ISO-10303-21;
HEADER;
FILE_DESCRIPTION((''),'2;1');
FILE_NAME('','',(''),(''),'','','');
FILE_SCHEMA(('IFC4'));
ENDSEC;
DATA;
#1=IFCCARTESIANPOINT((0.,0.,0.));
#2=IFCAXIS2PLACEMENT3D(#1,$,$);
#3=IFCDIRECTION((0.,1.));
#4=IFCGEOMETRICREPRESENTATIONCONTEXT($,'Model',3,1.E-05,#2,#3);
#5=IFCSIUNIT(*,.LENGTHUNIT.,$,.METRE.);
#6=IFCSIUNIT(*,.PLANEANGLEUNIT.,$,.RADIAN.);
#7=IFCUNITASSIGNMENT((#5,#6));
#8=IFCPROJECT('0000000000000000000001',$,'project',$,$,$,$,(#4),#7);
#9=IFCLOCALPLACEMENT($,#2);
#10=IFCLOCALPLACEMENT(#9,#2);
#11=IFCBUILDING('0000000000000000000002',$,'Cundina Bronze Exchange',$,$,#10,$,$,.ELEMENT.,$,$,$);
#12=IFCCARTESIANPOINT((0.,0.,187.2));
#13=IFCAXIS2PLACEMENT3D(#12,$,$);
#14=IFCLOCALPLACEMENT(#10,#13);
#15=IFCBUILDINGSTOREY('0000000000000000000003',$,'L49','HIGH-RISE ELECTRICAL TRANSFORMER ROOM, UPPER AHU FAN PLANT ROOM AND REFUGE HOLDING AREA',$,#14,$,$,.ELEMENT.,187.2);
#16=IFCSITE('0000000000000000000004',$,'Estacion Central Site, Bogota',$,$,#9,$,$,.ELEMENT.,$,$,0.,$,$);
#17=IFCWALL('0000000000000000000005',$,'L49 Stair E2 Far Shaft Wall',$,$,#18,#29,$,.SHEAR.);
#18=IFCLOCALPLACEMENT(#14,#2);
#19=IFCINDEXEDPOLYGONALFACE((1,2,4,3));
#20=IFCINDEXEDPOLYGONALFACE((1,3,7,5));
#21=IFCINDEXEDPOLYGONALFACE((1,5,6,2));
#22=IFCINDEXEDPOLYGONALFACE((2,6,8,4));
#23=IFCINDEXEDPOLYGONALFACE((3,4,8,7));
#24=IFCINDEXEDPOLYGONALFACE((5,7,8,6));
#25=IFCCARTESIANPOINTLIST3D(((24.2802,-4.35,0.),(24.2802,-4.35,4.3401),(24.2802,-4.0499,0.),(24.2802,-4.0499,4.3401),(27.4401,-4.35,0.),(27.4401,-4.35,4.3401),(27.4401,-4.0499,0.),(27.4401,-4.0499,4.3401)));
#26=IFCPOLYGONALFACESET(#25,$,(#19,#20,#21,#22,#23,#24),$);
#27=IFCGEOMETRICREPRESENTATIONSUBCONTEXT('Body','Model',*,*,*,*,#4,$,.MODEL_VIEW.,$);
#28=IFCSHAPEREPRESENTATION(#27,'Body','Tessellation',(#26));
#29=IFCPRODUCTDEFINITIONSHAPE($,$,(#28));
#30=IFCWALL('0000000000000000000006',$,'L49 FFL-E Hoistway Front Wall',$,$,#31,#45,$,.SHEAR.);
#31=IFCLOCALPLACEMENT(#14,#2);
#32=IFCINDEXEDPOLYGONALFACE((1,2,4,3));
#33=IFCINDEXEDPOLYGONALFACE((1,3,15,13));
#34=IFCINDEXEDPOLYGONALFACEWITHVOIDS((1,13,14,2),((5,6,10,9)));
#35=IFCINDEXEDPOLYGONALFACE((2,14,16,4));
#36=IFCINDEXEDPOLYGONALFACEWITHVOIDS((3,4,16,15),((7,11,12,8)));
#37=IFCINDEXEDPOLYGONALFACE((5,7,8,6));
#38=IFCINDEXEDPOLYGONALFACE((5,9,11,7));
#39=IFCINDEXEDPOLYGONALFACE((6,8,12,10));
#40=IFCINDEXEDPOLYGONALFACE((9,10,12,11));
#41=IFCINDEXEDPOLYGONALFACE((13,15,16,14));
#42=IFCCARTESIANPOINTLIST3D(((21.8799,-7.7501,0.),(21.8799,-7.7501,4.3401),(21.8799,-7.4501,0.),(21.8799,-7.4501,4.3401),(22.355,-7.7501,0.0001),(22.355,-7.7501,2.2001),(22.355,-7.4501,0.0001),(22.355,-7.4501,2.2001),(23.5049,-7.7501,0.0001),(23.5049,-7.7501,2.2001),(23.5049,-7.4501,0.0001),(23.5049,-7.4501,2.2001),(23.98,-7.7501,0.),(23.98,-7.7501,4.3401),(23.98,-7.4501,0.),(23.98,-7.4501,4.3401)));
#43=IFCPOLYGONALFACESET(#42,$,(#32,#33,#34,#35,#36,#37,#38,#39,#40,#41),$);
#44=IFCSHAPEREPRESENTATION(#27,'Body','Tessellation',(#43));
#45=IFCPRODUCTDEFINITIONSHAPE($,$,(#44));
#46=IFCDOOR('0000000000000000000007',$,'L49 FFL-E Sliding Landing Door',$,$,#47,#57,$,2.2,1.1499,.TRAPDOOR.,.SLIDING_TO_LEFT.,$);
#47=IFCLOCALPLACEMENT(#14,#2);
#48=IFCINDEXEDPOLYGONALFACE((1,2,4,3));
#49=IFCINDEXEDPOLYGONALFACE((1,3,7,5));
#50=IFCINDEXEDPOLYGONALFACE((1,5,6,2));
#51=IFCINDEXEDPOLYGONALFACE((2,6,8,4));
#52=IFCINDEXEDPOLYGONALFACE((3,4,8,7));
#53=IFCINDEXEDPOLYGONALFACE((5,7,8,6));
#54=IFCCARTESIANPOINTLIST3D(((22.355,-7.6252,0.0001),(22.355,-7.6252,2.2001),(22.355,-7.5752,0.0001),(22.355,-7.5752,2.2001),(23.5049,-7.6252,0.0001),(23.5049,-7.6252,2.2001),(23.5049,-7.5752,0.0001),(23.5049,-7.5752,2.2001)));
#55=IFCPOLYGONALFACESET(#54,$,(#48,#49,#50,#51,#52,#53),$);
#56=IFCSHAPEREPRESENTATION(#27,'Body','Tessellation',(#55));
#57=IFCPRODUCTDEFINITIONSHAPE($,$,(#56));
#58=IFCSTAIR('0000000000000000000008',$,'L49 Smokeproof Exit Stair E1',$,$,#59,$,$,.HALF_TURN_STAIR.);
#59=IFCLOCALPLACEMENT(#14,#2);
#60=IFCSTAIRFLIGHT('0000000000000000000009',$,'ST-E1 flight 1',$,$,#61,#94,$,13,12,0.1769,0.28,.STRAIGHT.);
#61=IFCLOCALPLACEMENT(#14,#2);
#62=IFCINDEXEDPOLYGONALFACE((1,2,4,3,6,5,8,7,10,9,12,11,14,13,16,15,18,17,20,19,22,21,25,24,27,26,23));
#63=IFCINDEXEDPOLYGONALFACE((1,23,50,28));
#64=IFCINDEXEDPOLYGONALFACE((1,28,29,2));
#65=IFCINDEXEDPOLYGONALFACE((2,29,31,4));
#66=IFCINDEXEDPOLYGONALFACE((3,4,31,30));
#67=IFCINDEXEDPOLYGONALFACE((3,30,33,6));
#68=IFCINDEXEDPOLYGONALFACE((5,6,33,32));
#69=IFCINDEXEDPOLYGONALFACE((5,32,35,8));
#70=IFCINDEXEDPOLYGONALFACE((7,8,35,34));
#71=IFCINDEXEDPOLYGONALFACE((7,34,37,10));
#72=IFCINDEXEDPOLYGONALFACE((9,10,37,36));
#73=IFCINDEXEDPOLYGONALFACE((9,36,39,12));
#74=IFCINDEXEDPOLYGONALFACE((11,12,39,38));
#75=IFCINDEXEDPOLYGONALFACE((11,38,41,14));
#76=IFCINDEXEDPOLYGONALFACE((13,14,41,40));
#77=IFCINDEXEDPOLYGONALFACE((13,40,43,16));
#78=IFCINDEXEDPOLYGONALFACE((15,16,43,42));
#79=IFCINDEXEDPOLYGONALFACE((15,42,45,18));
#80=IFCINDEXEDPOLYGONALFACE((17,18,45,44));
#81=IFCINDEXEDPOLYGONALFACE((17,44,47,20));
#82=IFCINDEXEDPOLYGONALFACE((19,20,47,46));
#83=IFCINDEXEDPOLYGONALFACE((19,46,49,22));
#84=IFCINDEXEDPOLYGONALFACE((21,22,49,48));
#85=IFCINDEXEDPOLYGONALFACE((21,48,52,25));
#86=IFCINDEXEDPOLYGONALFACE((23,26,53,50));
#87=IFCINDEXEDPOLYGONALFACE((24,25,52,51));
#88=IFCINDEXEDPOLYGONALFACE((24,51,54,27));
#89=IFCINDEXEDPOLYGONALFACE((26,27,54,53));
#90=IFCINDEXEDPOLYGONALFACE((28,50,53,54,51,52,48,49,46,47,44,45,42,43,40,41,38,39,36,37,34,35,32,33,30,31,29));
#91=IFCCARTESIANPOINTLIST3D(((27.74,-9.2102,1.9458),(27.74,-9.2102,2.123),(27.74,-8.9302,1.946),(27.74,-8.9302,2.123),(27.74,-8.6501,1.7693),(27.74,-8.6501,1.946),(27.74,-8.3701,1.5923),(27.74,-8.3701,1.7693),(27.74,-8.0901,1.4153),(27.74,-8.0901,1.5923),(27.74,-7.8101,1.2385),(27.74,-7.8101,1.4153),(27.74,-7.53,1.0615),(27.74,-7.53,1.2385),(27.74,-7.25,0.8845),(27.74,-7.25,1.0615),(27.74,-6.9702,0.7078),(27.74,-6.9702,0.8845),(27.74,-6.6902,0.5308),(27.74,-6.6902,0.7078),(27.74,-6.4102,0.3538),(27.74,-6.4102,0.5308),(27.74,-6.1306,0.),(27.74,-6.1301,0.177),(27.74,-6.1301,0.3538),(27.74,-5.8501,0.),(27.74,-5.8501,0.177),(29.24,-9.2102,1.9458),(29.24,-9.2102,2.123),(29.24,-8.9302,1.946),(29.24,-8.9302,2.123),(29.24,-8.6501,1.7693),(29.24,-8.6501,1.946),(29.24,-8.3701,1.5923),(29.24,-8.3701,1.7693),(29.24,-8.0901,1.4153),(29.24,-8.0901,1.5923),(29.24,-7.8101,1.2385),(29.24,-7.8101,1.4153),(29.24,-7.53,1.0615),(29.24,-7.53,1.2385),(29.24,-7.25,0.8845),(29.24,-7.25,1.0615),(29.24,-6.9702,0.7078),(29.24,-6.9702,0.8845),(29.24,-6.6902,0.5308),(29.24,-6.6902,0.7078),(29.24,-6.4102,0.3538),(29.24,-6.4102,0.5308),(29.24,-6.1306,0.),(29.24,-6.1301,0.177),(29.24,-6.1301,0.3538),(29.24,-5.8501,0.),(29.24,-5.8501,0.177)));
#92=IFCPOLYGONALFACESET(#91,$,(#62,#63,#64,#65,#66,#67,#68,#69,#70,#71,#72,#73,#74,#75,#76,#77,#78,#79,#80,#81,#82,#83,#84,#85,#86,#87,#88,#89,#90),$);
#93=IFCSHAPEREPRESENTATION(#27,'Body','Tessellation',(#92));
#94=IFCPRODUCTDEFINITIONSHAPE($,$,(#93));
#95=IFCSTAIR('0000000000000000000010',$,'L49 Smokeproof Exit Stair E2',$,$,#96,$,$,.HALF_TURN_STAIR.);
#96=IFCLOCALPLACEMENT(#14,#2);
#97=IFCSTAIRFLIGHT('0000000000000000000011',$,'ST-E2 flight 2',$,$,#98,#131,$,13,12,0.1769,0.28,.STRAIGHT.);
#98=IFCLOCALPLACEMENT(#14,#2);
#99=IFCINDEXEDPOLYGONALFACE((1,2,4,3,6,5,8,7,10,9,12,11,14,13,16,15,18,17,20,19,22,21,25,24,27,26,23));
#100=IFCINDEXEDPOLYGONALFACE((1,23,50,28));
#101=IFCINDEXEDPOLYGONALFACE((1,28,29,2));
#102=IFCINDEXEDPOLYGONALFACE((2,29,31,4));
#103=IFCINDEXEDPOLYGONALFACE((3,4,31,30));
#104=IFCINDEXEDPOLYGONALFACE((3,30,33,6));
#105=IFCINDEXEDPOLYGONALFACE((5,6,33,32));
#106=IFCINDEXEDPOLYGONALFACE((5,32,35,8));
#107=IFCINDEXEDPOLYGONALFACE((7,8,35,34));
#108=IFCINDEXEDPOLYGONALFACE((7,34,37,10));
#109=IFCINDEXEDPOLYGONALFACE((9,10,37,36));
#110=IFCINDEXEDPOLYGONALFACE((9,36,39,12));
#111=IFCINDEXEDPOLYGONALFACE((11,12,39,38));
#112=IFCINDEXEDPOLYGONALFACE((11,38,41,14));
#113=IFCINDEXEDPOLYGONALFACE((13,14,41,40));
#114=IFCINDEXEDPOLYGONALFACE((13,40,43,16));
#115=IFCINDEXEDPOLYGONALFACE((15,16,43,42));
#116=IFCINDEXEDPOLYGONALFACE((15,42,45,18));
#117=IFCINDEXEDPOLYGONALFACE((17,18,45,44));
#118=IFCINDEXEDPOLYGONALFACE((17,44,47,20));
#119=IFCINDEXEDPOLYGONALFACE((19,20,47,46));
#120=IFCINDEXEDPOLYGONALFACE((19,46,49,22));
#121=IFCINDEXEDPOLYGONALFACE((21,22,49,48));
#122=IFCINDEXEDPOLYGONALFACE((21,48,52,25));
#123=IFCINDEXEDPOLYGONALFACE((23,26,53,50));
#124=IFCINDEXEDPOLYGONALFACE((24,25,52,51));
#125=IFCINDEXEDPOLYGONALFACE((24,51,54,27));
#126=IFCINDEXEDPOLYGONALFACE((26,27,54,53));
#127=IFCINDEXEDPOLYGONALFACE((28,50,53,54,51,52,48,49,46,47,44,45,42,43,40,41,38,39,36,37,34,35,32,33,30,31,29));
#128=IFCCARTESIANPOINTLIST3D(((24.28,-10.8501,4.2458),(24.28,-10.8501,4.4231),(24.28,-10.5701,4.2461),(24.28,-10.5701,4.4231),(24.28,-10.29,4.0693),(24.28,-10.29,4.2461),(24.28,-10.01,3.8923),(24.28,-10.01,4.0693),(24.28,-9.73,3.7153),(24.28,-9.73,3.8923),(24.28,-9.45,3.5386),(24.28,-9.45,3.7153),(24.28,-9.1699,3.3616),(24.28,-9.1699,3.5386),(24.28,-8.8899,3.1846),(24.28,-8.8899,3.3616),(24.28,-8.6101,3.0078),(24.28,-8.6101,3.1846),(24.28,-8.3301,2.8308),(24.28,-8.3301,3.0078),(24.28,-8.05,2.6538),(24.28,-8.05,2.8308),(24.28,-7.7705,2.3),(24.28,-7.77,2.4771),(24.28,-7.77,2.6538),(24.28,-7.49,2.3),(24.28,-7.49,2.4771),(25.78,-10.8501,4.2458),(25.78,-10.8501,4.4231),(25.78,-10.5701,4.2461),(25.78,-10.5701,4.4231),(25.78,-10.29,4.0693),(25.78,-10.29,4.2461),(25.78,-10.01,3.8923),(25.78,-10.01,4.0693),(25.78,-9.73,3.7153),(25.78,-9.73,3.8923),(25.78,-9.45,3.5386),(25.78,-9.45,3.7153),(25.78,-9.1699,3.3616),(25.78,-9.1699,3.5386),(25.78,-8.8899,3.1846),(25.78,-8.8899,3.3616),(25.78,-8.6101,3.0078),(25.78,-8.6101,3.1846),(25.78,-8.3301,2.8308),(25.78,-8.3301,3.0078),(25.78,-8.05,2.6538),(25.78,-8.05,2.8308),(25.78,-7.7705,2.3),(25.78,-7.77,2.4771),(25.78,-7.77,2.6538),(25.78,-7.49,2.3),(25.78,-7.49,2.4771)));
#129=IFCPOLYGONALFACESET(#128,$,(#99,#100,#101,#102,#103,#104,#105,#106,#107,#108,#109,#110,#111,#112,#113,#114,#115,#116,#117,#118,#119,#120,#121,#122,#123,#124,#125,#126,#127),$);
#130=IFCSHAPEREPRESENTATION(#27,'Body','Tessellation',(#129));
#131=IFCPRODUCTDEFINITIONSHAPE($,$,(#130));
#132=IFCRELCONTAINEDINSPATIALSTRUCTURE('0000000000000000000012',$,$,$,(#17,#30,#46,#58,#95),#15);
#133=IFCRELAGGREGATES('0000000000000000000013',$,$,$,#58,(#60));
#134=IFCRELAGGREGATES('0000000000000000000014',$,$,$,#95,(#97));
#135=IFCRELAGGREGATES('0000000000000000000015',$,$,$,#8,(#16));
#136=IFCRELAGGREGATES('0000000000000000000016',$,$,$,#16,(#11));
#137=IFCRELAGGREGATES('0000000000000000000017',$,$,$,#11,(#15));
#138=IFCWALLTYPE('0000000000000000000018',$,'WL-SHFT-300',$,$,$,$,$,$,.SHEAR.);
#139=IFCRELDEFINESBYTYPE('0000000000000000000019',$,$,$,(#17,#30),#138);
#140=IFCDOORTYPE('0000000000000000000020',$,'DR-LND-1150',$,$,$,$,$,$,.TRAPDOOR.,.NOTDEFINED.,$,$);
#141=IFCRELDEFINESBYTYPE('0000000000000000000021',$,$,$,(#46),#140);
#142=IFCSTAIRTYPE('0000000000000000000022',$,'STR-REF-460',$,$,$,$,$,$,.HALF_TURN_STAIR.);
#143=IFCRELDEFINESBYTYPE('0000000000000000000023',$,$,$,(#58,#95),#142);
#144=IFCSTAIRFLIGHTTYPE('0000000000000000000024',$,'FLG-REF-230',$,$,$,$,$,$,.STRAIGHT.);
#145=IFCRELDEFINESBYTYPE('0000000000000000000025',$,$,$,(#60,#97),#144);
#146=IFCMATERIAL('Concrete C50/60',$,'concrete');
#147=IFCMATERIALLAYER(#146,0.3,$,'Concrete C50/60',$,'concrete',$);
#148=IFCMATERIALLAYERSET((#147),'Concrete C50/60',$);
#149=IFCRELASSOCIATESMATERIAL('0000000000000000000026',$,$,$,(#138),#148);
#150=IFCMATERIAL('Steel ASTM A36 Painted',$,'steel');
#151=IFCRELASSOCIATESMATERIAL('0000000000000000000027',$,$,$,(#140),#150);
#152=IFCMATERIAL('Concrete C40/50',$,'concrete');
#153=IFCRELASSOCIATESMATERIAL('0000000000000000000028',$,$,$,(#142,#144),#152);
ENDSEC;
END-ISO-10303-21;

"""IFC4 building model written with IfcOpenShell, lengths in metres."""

from ifc_helpers import new_model, si_unit, direction, frame, frame_2d, origin, place, context, subcontext, project, spatial, polyline, rectangle, outline, extrude, material, layer, layer_set, type_object, element, fill, aggregate, save


model = new_model("IFC4")

# Units and contexts
model_context = context("Model", 3, precision=1e-05, world=origin(), true_north=direction((0.0, 1.0)))
body_context = subcontext(model_context, "Body", "Model", "MODEL_VIEW")
ifc_project = project(units=[si_unit("LENGTHUNIT", "METRE"), si_unit("PLANEANGLEUNIT", "RADIAN")], contexts=[model_context])

# Site, building, storey
site_placement = place(None, origin())
site = spatial("IfcSite", under=ifc_project, at=site_placement, Name="Estacion Central Site, Bogota", CompositionType="ELEMENT", RefElevation=0.0)
building_placement = place(site_placement, origin())
building = spatial("IfcBuilding", under=site, at=building_placement, Name="Cundina Bronze Exchange", CompositionType="ELEMENT")
storey_placement = place(building_placement, frame((0.0, 0.0, 187.2)))
storey = spatial("IfcBuildingStorey", under=building, at=storey_placement, Name="L49", Description="HIGH-RISE ELECTRICAL TRANSFORMER ROOM, UPPER AHU FAN PLANT ROOM AND REFUGE HOLDING AREA", CompositionType="ELEMENT", Elevation=187.2)

# Shared definitions
ifc_material_1 = material(Name="Concrete C50/60", Category="concrete")

# Shared definitions
ifc_material_2 = material(Name="Steel ASTM A36 Painted", Category="steel")

# Shared definitions
ifc_layer_1 = layer(ifc_material_1, 0.3, Name="Concrete C50/60", Category="concrete")
ifc_layer_set_1 = layer_set([ifc_layer_1], Name="Concrete C50/60")
wall_type_1 = type_object("IfcWallType", Name="WL-SHFT-300", PredefinedType="SHEAR", material=ifc_layer_set_1)

# Wall
wall_1_placement = place(storey_placement, frame((24.28, -4.2, 0.0), z_axis=(0.0, 0.0, 1.0), x_axis=(1.0, 0.0, 0.0)))
element("IfcWall", 1, at=wall_1_placement, inside=storey, type_object=wall_type_1, Name="L49 Stair E2 Far Shaft Wall", PredefinedType="SHEAR", context=body_context, shape_type="SweptSolid", body=[
    extrude(rectangle(XDim=3.1599, YDim=0.3, at=frame_2d((1.5801, 0.0))), origin(), (0.0, 0.0, 1.0), 4.3401),
])

# Wall, opening, door
wall_2_placement = place(storey_placement, frame((21.8799, -7.6001, 0.0), z_axis=(0.0, 0.0, 1.0), x_axis=(1.0, 0.0, 0.0)))
wall_2 = element("IfcWall", 2, at=wall_2_placement, inside=storey, type_object=wall_type_1, Name="L49 FFL-E Hoistway Front Wall", PredefinedType="SHEAR", context=body_context, shape_type="SweptSolid", body=[
    extrude(rectangle(XDim=2.1001, YDim=0.3, at=frame_2d((1.05, 0.0))), origin(), (0.0, 0.0, 1.0), 4.3401),
])
opening_1_placement = place(wall_2_placement, frame((0.4751, 0.0, 0.0)))
opening_1 = element("IfcOpeningElement", 3, at=opening_1_placement, cuts=wall_2, PredefinedType="OPENING", context=body_context, shape_type="SweptSolid", body=[
    extrude(rectangle(XDim=1.1499, YDim=2.2, at=frame_2d((0.575, 1.1001))), frame((0.0, 0.1599, 0.0), z_axis=(0.0, -1.0, 0.0), x_axis=(1.0, 0.0, 0.0)), (0.0, 0.0, 1.0), 0.3201),
])
door_type_1 = type_object("IfcDoorType", Name="DR-LND-1150", OperationType="NOTDEFINED", PredefinedType="TRAPDOOR", material=ifc_material_2)
door_1_placement = place(opening_1_placement, origin())
door_1 = element("IfcDoor", 4, at=door_1_placement, inside=storey, type_object=door_type_1, Name="L49 FFL-E Sliding Landing Door", OperationType="SLIDING_TO_LEFT", OverallHeight=2.2, OverallWidth=1.1499, PredefinedType="TRAPDOOR", context=body_context, shape_type="SweptSolid", body=[
    extrude(rectangle(XDim=1.1499, YDim=2.2, at=frame_2d((0.575, 1.1001))), frame((0.0, 0.0249, 0.0), z_axis=(0.0, -1.0, 0.0), x_axis=(1.0, 0.0, 0.0)), (0.0, 0.0, 1.0), 0.05),
])
fill(opening_1, door_1)

# Stairs, stair flights
ifc_material_3 = material(Name="Concrete C40/50", Category="concrete")
stair_type = type_object("IfcStairType", Name="STR-REF-460", PredefinedType="HALF_TURN_STAIR", material=ifc_material_3)
stair_1_placement = place(storey_placement, origin())
stair_1 = element("IfcStair", 5, at=stair_1_placement, inside=storey, type_object=stair_type, Name="L49 Smokeproof Exit Stair E1", PredefinedType="HALF_TURN_STAIR")
stair_flight_type = type_object("IfcStairFlightType", Name="FLG-REF-230", PredefinedType="STRAIGHT", material=ifc_material_3)
stair_flight_1_placement = place(storey_placement, frame((28.49, -5.8501, 0.0), z_axis=(0.0, 0.0, 1.0), x_axis=(0.0, -1.0, 0.0)))
stair_flight_1 = element("IfcStairFlight", 6, at=stair_flight_1_placement, type_object=stair_flight_type, Name="ST-E1 flight 1", NumberOfRisers=13, NumberOfTreads=12, PredefinedType="STRAIGHT", RiserHeight=0.1769, TreadLength=0.28, context=body_context, shape_type="SweptSolid", body=[
    extrude(outline(polyline([(0.0, 0.0), (0.0, 0.177), (0.28, 0.177), (0.28, 0.3538), (0.5601, 0.3538), (0.5601, 0.5308), (0.8401, 0.5308), (0.8401, 0.7078), (1.1201, 0.7078), (1.1201, 0.8845), (1.3999, 0.8845), (1.3999, 1.0615), (1.6799, 1.0615), (1.6799, 1.2385), (1.96, 1.2385), (1.96, 1.4153), (2.24, 1.4153), (2.24, 1.5923), (2.52, 1.5923), (2.52, 1.7693), (2.8, 1.7693), (2.8, 1.946), (3.0801, 1.946), (3.0801, 2.123), (3.3601, 2.123), (3.3601, 2.3), (3.3601, 1.9458), (0.2805, 0.0), (0.0, 0.0)])), frame((0.0, 0.75, 0.0), z_axis=(0.0, -1.0, 0.0), x_axis=(1.0, 0.0, 0.0)), (0.0, 0.0, 1.0), 1.5),
])
aggregate(stair_1, [stair_flight_1])
stair_2_placement = place(storey_placement, origin())
stair_2 = element("IfcStair", 7, at=stair_2_placement, inside=storey, type_object=stair_type, Name="L49 Smokeproof Exit Stair E2", PredefinedType="HALF_TURN_STAIR")
stair_flight_2_placement = place(storey_placement, frame((25.03, -7.49, 2.3), z_axis=(0.0, 0.0, 1.0), x_axis=(0.0, -1.0, 0.0)))
stair_flight_2 = element("IfcStairFlight", 8, at=stair_flight_2_placement, type_object=stair_flight_type, Name="ST-E2 flight 2", NumberOfRisers=13, NumberOfTreads=12, PredefinedType="STRAIGHT", RiserHeight=0.1769, TreadLength=0.28, context=body_context, shape_type="SweptSolid", body=[
    extrude(outline(polyline([(0.0, 0.0), (0.0, 0.177), (0.28, 0.177), (0.28, 0.3538), (0.5601, 0.3538), (0.5601, 0.5308), (0.8401, 0.5308), (0.8401, 0.7078), (1.1201, 0.7078), (1.1201, 0.8845), (1.3999, 0.8845), (1.3999, 1.0615), (1.6799, 1.0615), (1.6799, 1.2385), (1.96, 1.2385), (1.96, 1.4153), (2.24, 1.4153), (2.24, 1.5923), (2.52, 1.5923), (2.52, 1.7693), (2.8, 1.7693), (2.8, 1.946), (3.0801, 1.946), (3.0801, 2.123), (3.3601, 2.123), (3.3601, 2.3), (3.3601, 1.9458), (0.2805, 0.0), (0.0, 0.0)])), frame((0.0, 0.75, 0.0), z_axis=(0.0, -1.0, 0.0), x_axis=(1.0, 0.0, 0.0)), (0.0, 0.0, 1.0), 1.5),
])
aggregate(stair_2, [stair_flight_2])

save(model, "model.ifc")
